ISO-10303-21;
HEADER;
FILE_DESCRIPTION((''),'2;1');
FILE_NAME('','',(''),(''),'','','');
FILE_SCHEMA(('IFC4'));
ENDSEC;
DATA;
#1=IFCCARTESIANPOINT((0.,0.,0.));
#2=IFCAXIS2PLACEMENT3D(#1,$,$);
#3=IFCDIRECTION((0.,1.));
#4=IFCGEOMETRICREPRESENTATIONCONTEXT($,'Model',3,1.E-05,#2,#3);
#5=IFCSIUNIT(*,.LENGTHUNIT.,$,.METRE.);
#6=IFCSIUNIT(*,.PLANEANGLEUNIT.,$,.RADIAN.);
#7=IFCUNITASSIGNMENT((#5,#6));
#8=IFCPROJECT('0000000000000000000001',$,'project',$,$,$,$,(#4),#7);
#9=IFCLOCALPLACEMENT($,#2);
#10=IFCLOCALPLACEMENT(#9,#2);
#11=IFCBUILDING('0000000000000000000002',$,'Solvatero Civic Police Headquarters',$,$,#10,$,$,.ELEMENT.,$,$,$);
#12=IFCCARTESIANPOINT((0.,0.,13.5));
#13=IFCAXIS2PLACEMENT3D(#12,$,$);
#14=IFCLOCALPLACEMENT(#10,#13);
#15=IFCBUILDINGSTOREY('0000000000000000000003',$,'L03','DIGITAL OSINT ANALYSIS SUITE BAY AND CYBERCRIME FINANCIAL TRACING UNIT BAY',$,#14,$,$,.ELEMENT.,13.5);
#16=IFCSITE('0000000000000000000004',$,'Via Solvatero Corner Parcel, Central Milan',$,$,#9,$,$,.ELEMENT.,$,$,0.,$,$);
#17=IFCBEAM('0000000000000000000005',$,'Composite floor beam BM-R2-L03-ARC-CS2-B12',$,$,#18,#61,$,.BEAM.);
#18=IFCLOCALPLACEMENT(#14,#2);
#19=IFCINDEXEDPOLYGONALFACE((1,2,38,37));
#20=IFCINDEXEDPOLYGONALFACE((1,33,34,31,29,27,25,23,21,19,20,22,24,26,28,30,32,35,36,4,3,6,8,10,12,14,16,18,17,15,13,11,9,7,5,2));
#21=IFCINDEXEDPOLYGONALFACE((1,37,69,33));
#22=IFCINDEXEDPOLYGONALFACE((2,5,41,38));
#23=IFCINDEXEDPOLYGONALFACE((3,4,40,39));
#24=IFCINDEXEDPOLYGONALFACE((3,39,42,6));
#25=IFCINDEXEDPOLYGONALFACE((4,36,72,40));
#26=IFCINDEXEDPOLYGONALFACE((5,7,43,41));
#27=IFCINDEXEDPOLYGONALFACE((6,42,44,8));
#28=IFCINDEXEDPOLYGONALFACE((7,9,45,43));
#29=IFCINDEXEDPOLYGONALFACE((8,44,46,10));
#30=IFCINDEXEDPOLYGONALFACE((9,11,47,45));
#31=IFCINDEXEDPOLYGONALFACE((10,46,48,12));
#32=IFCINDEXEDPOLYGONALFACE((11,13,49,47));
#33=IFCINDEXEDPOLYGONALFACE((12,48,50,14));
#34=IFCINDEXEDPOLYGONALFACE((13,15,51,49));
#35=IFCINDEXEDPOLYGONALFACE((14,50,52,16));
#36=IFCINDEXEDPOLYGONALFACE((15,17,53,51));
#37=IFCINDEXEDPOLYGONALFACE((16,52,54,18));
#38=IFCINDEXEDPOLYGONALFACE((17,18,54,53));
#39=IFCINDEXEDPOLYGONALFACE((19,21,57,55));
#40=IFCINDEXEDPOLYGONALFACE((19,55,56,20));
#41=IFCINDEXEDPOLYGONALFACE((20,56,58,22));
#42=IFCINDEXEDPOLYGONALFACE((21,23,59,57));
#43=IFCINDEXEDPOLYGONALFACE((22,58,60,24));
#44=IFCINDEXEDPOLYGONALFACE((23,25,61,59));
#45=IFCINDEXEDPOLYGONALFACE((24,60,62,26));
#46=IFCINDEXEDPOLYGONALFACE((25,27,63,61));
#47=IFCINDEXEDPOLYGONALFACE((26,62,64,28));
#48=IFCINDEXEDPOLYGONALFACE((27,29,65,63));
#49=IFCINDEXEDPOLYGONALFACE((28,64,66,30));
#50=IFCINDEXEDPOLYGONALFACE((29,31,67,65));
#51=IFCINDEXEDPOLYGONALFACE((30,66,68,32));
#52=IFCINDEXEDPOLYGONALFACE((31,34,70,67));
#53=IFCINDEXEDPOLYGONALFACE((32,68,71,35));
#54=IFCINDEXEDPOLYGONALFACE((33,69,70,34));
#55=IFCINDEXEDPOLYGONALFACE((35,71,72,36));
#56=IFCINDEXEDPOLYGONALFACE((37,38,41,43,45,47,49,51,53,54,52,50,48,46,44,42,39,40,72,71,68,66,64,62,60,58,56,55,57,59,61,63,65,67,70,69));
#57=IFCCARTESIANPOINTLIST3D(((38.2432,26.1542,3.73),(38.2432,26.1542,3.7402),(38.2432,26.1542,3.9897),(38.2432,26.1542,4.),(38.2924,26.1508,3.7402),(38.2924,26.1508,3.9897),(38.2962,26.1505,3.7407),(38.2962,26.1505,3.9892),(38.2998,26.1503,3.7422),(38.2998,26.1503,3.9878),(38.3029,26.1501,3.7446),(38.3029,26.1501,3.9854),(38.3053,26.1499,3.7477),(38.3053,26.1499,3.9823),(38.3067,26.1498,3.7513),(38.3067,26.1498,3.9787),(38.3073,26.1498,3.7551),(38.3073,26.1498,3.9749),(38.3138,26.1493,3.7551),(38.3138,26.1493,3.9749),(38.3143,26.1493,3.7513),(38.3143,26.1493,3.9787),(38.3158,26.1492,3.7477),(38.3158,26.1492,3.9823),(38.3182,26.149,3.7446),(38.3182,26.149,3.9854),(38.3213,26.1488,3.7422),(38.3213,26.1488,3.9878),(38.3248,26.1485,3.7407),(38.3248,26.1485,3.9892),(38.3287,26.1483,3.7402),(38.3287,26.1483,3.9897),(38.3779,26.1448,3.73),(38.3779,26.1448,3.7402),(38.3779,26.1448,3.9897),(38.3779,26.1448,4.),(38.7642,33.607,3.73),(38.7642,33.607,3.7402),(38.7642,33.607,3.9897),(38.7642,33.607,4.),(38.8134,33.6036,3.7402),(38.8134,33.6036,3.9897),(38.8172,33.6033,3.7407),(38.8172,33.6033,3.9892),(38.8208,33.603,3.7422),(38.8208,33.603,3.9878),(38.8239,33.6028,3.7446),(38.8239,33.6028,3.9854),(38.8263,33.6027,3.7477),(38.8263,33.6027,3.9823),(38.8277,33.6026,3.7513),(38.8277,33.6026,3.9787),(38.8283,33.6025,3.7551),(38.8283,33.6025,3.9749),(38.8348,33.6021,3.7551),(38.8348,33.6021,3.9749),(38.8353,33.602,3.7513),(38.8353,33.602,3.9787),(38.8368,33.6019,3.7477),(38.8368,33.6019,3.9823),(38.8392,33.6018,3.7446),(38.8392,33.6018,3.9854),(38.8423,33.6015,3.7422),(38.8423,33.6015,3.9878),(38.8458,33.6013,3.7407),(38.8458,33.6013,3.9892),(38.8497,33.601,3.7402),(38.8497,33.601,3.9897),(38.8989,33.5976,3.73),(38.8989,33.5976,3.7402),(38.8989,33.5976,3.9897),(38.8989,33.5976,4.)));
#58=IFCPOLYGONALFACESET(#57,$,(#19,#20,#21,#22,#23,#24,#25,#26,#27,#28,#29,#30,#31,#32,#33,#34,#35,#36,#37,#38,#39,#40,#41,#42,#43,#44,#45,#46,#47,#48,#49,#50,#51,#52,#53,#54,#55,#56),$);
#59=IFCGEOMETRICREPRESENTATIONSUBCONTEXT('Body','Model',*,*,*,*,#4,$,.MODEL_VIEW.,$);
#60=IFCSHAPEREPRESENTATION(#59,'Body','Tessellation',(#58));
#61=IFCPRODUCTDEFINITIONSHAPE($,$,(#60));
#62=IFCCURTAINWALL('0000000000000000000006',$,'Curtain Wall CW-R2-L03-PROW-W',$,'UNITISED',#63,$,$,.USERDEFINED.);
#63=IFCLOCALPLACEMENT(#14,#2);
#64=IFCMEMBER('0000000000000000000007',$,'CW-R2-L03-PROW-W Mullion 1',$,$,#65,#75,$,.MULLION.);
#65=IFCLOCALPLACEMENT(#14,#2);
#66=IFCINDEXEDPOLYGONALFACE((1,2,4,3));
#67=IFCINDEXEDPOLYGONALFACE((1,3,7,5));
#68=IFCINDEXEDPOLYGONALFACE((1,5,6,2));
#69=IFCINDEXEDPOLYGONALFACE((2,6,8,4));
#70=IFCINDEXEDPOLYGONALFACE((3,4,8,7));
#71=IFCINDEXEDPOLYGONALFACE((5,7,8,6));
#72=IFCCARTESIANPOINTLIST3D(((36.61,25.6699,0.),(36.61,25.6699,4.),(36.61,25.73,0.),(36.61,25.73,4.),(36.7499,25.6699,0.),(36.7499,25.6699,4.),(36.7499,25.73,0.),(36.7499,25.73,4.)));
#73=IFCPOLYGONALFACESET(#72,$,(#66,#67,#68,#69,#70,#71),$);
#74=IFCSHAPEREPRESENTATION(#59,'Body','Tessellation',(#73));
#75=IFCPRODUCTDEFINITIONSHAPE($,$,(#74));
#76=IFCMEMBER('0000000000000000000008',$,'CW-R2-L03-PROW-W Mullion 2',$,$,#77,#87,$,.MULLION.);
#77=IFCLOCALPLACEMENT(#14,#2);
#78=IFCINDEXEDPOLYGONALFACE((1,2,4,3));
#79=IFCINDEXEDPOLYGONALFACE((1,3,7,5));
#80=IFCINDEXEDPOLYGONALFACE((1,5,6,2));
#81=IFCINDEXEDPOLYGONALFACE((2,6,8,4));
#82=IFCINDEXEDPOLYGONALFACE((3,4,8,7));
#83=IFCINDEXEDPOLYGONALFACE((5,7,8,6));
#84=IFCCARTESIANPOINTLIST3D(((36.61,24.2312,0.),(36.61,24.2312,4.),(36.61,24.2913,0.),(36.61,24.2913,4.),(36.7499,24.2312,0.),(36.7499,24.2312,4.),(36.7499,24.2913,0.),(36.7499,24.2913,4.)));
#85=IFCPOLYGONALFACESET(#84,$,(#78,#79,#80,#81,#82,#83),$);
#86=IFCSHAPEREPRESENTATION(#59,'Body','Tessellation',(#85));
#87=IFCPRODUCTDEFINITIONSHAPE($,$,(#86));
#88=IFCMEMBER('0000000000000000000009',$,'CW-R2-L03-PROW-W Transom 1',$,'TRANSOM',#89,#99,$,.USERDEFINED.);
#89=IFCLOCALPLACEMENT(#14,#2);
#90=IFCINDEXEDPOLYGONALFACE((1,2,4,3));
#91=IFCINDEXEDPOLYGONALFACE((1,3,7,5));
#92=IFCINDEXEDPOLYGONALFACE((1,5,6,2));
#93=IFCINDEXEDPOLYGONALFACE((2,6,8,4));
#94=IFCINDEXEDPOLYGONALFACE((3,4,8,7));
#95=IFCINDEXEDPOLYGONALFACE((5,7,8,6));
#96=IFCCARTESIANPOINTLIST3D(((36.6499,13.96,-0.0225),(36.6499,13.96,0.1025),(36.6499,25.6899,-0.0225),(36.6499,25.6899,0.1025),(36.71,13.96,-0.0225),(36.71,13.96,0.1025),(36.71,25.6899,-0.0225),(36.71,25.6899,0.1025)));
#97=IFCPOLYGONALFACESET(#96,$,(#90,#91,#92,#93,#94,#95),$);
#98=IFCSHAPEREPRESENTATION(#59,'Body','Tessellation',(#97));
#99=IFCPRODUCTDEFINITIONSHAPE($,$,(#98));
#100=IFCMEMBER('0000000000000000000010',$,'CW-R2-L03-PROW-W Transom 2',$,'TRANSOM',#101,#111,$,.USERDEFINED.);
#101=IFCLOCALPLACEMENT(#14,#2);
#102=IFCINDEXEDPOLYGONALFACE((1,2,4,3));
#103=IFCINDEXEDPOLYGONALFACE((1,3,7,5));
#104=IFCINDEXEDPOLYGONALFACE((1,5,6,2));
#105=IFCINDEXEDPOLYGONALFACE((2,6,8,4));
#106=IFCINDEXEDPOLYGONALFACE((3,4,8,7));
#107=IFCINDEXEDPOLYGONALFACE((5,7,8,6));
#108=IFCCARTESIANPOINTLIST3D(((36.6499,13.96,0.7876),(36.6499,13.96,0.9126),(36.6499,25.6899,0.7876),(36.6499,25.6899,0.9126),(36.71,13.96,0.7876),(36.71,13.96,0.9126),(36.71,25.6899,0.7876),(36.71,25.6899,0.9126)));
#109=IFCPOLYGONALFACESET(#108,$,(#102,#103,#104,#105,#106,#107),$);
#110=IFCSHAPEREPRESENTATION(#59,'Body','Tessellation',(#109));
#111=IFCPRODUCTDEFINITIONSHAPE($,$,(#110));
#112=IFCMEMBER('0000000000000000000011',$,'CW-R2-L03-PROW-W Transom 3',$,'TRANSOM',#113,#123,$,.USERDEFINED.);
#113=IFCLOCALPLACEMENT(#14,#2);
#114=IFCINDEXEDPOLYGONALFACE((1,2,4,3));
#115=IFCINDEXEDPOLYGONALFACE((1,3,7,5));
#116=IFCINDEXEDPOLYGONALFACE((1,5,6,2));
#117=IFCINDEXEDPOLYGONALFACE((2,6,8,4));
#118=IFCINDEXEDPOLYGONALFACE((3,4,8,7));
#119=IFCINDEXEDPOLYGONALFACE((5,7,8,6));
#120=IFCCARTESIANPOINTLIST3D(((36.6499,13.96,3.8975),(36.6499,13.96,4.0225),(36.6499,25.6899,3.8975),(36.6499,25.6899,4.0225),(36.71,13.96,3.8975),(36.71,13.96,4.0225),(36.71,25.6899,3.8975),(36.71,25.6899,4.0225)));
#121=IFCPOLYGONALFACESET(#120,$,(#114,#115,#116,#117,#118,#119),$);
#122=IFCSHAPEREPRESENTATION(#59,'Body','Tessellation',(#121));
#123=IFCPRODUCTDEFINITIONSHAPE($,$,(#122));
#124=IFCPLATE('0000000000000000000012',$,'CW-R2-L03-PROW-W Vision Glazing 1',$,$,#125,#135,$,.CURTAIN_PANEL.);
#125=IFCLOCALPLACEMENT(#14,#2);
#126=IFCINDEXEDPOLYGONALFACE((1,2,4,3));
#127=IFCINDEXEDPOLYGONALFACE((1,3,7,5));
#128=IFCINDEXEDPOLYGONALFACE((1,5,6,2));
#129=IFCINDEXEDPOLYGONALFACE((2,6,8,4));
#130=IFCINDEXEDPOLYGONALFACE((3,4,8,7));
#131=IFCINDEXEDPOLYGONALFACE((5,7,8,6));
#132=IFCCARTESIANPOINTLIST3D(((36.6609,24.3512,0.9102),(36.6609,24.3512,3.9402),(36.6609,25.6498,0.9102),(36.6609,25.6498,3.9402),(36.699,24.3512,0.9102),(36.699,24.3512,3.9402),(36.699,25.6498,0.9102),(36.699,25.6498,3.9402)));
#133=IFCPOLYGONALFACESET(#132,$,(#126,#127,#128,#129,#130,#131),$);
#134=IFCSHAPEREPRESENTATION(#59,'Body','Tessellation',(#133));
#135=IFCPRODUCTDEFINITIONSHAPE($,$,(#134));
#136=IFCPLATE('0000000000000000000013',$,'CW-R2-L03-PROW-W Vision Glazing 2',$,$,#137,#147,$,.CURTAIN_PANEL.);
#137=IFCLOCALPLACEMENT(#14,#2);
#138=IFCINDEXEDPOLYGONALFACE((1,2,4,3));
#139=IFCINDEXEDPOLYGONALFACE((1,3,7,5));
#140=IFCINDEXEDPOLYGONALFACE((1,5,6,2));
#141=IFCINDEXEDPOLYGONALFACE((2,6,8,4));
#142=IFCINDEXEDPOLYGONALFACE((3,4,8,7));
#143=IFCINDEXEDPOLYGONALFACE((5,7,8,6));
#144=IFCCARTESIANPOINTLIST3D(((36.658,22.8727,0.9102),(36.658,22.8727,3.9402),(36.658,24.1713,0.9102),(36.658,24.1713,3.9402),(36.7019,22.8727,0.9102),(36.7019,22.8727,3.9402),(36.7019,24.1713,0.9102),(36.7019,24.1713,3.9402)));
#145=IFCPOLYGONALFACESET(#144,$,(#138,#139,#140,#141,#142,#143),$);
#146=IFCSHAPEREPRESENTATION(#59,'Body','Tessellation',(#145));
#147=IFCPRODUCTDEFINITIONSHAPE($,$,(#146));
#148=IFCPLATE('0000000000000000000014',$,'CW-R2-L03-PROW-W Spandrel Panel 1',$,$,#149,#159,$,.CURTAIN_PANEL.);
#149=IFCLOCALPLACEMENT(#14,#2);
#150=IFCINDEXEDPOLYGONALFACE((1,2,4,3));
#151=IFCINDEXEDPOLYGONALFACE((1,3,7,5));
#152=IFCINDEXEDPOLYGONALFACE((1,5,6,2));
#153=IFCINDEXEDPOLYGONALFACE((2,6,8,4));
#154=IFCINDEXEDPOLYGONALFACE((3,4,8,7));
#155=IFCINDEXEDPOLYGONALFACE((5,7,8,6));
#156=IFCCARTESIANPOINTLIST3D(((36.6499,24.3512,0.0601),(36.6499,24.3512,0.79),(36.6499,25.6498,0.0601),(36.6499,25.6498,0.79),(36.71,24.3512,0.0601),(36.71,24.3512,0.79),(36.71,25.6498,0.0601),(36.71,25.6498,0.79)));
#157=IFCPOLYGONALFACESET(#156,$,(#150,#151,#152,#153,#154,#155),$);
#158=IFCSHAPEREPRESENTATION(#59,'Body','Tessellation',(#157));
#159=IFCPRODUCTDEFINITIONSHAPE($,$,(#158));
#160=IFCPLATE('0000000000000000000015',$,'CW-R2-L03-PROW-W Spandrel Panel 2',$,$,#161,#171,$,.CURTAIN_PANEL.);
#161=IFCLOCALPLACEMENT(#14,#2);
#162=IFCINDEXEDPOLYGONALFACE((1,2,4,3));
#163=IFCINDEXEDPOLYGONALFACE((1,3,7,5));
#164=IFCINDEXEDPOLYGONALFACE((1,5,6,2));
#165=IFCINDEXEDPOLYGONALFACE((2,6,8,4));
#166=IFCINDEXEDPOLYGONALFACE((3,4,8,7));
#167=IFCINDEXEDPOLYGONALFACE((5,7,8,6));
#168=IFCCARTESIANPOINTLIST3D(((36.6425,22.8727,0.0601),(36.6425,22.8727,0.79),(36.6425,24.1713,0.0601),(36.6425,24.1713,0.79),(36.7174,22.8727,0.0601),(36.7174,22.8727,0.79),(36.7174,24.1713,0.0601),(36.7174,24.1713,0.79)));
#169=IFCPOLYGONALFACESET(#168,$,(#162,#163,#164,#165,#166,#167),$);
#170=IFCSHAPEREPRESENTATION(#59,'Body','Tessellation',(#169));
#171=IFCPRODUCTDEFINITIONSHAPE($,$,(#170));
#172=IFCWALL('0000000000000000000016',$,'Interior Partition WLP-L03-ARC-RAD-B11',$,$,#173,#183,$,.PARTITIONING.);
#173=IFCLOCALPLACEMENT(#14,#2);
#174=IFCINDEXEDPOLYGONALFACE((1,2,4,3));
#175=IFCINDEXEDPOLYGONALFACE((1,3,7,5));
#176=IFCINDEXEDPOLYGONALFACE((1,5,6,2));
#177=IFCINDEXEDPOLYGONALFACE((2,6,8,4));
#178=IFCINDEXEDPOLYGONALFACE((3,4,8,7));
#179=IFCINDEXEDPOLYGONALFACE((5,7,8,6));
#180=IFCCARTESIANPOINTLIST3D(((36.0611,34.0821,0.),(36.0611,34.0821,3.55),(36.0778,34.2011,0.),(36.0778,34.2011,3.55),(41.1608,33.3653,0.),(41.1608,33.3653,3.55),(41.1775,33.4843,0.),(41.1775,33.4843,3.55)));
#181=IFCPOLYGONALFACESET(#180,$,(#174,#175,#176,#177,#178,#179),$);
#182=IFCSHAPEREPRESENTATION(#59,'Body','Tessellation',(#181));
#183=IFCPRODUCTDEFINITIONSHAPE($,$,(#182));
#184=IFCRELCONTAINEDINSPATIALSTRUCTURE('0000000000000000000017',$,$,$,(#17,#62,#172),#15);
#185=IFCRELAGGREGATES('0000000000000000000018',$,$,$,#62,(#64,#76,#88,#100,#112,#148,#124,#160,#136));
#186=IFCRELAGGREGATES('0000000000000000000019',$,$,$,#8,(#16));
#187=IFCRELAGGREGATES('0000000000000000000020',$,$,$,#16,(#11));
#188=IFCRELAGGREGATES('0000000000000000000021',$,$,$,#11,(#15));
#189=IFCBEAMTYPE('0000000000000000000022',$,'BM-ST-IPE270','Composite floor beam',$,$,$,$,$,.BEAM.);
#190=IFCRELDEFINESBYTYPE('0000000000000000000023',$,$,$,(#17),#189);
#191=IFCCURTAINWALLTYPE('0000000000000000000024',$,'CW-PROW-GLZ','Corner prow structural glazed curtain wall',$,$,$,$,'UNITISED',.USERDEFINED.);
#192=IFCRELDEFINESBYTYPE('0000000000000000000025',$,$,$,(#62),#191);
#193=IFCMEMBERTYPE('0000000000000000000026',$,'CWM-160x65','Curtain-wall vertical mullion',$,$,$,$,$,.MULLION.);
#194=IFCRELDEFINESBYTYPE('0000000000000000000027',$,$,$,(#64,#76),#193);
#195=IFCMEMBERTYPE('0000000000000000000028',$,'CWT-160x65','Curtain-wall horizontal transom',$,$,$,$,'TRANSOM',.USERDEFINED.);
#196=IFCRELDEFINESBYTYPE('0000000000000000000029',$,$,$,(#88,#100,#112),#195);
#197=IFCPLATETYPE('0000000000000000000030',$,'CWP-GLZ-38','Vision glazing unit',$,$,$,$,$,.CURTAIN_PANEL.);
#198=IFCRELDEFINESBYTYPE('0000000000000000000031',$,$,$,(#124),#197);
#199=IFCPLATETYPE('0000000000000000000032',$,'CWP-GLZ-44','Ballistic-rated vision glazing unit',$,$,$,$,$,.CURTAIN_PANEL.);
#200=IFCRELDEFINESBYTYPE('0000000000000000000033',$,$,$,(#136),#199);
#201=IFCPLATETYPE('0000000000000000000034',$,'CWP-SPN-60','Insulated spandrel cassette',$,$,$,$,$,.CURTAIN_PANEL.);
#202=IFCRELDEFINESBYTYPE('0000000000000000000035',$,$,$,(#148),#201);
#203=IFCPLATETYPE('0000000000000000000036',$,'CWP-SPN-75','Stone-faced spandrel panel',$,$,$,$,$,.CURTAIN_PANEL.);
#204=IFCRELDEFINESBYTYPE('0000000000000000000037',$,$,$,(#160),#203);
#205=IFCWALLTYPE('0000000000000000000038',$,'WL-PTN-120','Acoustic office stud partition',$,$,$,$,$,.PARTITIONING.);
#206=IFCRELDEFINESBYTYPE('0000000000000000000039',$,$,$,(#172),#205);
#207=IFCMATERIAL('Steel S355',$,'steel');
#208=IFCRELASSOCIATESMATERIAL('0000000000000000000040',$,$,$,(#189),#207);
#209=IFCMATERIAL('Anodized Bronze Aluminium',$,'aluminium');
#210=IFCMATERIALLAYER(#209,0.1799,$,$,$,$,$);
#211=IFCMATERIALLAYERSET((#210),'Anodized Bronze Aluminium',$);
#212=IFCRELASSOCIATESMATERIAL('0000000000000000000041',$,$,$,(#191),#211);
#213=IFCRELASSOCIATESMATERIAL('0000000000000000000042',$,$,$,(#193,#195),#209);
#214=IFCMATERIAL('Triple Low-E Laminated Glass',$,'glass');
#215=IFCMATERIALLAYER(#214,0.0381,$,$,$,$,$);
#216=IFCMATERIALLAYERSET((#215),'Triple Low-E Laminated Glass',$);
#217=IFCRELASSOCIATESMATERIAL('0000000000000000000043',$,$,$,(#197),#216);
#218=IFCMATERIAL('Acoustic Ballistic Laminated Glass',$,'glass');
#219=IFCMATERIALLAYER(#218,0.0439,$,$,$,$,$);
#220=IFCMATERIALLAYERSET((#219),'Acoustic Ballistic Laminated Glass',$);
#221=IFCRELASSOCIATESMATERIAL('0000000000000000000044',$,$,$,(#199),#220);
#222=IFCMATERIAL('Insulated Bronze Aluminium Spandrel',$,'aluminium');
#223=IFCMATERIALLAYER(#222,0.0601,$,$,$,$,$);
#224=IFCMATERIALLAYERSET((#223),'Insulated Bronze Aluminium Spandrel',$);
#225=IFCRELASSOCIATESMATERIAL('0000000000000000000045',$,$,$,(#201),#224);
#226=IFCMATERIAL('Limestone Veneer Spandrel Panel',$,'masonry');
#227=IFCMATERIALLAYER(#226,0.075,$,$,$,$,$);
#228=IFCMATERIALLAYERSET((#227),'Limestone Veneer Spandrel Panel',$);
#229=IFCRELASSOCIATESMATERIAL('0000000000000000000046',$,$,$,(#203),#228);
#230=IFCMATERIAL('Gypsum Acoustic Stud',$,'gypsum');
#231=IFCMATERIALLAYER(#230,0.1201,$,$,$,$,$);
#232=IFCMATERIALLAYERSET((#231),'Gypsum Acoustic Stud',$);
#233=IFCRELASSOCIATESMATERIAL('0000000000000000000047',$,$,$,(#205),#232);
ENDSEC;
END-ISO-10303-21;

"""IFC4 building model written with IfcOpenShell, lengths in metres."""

from ifc_helpers import new_model, si_unit, direction, frame, frame_2d, origin, origin_2d, place, context, subcontext, project, spatial, rectangle, i_section, extrude, material, layer, layer_set, material_profile, profile_set, type_object, element, aggregate, save


model = new_model("IFC4")

# Units and contexts
model_context = context("Model", 3, precision=1e-05, world=origin(), true_north=direction((0.0, 1.0)))
body_context = subcontext(model_context, "Body", "Model", "MODEL_VIEW")
ifc_project = project(units=[si_unit("LENGTHUNIT", "METRE"), si_unit("PLANEANGLEUNIT", "RADIAN")], contexts=[model_context])

# Site, building, storey
site_placement = place(None, origin())
site = spatial("IfcSite", under=ifc_project, at=site_placement, Name="Via Solvatero Corner Parcel, Central Milan", CompositionType="ELEMENT", RefElevation=0.0)
building_placement = place(site_placement, origin())
building = spatial("IfcBuilding", under=site, at=building_placement, Name="Solvatero Civic Police Headquarters", CompositionType="ELEMENT")
storey_placement = place(building_placement, frame((0.0, 0.0, 13.5)))
storey = spatial("IfcBuildingStorey", under=building, at=storey_placement, Name="L03", Description="DIGITAL OSINT ANALYSIS SUITE BAY AND CYBERCRIME FINANCIAL TRACING UNIT BAY", CompositionType="ELEMENT", Elevation=13.5)

# Shared definitions
ifc_material_1 = material(Name="Steel S355", Category="steel")

# Beam
ifc_material_profile_1 = material_profile(ifc_material_1, i_section(OverallWidth=0.135, OverallDepth=0.27, WebThickness=0.0066, FlangeThickness=0.0103, FilletRadius=0.0149, at=origin_2d()), Name="IPE 270")
ifc_profile_set_1 = profile_set([ifc_material_profile_1], Name="Steel S355")
beam_type_1 = type_object("IfcBeamType", Name="BM-ST-IPE270", Description="Composite floor beam", PredefinedType="BEAM", material=ifc_profile_set_1)
beam_1_placement = place(storey_placement, frame((38.8315, 33.6023, 3.865), z_axis=(-0.069737, -0.997565, 0.0), x_axis=(0.997565, -0.069737, 0.0)))
element("IfcBeam", 1, at=beam_1_placement, inside=storey, type_object=beam_type_1, Name="Composite floor beam BM-R2-L03-ARC-CS2-B12", PredefinedType="BEAM", context=body_context, shape_type="SweptSolid", body=[
    extrude(i_section(OverallWidth=0.135, OverallDepth=0.27, WebThickness=0.0066, FlangeThickness=0.0103, FilletRadius=0.0149, at=origin_2d()), origin(), (0.0, 0.0, 1.0), 7.4709),
])

# Curtain wall, members, plates
ifc_material_2 = material(Name="Anodized Bronze Aluminium", Category="aluminium")
ifc_layer_1 = layer(ifc_material_2, 0.1799)
ifc_layer_set_1 = layer_set([ifc_layer_1], Name="Anodized Bronze Aluminium")
curtain_wall_type = type_object("IfcCurtainWallType", Name="CW-PROW-GLZ", Description="Corner prow structural glazed curtain wall", ElementType="UNITISED", PredefinedType="USERDEFINED", material=ifc_layer_set_1)
curtain_wall_placement = place(storey_placement, origin())
curtain_wall = element("IfcCurtainWall", 2, at=curtain_wall_placement, inside=storey, type_object=curtain_wall_type, Name="Curtain Wall CW-R2-L03-PROW-W", ObjectType="UNITISED", PredefinedType="USERDEFINED")
ifc_material_profile_2 = material_profile(ifc_material_2, rectangle(XDim=0.0601, YDim=0.1399, at=origin_2d()), Name="ALU MULLION 60x140")
ifc_profile_set_2 = profile_set([ifc_material_profile_2], Name="Anodized Bronze Aluminium")
member_type_1 = type_object("IfcMemberType", Name="CWM-160x65", Description="Curtain-wall vertical mullion", PredefinedType="MULLION", material=ifc_profile_set_2)
member_1_placement = place(storey_placement, frame((36.6799, 25.7, 0.0), z_axis=(0.0, 0.0, 1.0), x_axis=(0.0, -1.0, 0.0)))
member_1 = element("IfcMember", 3, at=member_1_placement, type_object=member_type_1, Name="CW-R2-L03-PROW-W Mullion 1", PredefinedType="MULLION", context=body_context, shape_type="SweptSolid", body=[
    extrude(rectangle(XDim=0.0601, YDim=0.1399, at=origin_2d()), origin(), (0.0, 0.0, 1.0), 4.0),
])
member_2_placement = place(storey_placement, frame((36.6799, 24.2612, 0.0), z_axis=(0.0, 0.0, 1.0), x_axis=(0.0, -1.0, 0.0)))
member_2 = element("IfcMember", 4, at=member_2_placement, type_object=member_type_1, Name="CW-R2-L03-PROW-W Mullion 2", PredefinedType="MULLION", context=body_context, shape_type="SweptSolid", body=[
    extrude(rectangle(XDim=0.0601, YDim=0.1399, at=origin_2d()), origin(), (0.0, 0.0, 1.0), 4.0),
])
ifc_material_profile_3 = material_profile(ifc_material_2, rectangle(XDim=0.0601, YDim=0.125, at=origin_2d()), Name="ALU TRANSOM 60x125")
ifc_profile_set_3 = profile_set([ifc_material_profile_3], Name="Anodized Bronze Aluminium")
member_type_2 = type_object("IfcMemberType", Name="CWT-160x65", Description="Curtain-wall horizontal transom", ElementType="TRANSOM", PredefinedType="USERDEFINED", material=ifc_profile_set_3)
member_3_placement = place(storey_placement, frame((36.6799, 25.6899, 0.04), z_axis=(0.0, -1.0, 0.0), x_axis=(1.0, 0.0, 0.0)))
member_3 = element("IfcMember", 5, at=member_3_placement, type_object=member_type_2, Name="CW-R2-L03-PROW-W Transom 1", ObjectType="TRANSOM", PredefinedType="USERDEFINED", context=body_context, shape_type="SweptSolid", body=[
    extrude(rectangle(XDim=0.0601, YDim=0.125, at=origin_2d()), origin(), (0.0, 0.0, 1.0), 11.73),
])
member_4_placement = place(storey_placement, frame((36.6799, 25.6899, 0.8501), z_axis=(0.0, -1.0, 0.0), x_axis=(1.0, 0.0, 0.0)))
member_4 = element("IfcMember", 6, at=member_4_placement, type_object=member_type_2, Name="CW-R2-L03-PROW-W Transom 2", ObjectType="TRANSOM", PredefinedType="USERDEFINED", context=body_context, shape_type="SweptSolid", body=[
    extrude(rectangle(XDim=0.0601, YDim=0.125, at=origin_2d()), origin(), (0.0, 0.0, 1.0), 11.73),
])
member_5_placement = place(storey_placement, frame((36.6799, 25.6899, 3.96), z_axis=(0.0, -1.0, 0.0), x_axis=(1.0, 0.0, 0.0)))
member_5 = element("IfcMember", 7, at=member_5_placement, type_object=member_type_2, Name="CW-R2-L03-PROW-W Transom 3", ObjectType="TRANSOM", PredefinedType="USERDEFINED", context=body_context, shape_type="SweptSolid", body=[
    extrude(rectangle(XDim=0.0601, YDim=0.125, at=origin_2d()), origin(), (0.0, 0.0, 1.0), 11.73),
])
ifc_material_3 = material(Name="Triple Low-E Laminated Glass", Category="glass")
ifc_layer_2 = layer(ifc_material_3, 0.0381)
ifc_layer_set_2 = layer_set([ifc_layer_2], Name="Triple Low-E Laminated Glass")
plate_type_1 = type_object("IfcPlateType", Name="CWP-GLZ-38", Description="Vision glazing unit", PredefinedType="CURTAIN_PANEL", material=ifc_layer_set_2)
plate_1_placement = place(storey_placement, frame((36.6799, 25.0005, 0.9102), z_axis=(0.0, 0.0, 1.0), x_axis=(0.0, -1.0, 0.0)))
plate_1 = element("IfcPlate", 8, at=plate_1_placement, type_object=plate_type_1, Name="CW-R2-L03-PROW-W Vision Glazing 1", PredefinedType="CURTAIN_PANEL", context=body_context, shape_type="SweptSolid", body=[
    extrude(rectangle(XDim=1.2986, YDim=0.0381, at=origin_2d()), origin(), (0.0, 0.0, 1.0), 3.03),
])
ifc_material_4 = material(Name="Acoustic Ballistic Laminated Glass", Category="glass")
ifc_layer_3 = layer(ifc_material_4, 0.0439)
ifc_layer_set_3 = layer_set([ifc_layer_3], Name="Acoustic Ballistic Laminated Glass")
plate_type_2 = type_object("IfcPlateType", Name="CWP-GLZ-44", Description="Ballistic-rated vision glazing unit", PredefinedType="CURTAIN_PANEL", material=ifc_layer_set_3)
plate_2_placement = place(storey_placement, frame((36.6799, 23.522, 0.9102), z_axis=(0.0, 0.0, 1.0), x_axis=(0.0, -1.0, 0.0)))
plate_2 = element("IfcPlate", 9, at=plate_2_placement, type_object=plate_type_2, Name="CW-R2-L03-PROW-W Vision Glazing 2", PredefinedType="CURTAIN_PANEL", context=body_context, shape_type="SweptSolid", body=[
    extrude(rectangle(XDim=1.2986, YDim=0.0439, at=origin_2d()), origin(), (0.0, 0.0, 1.0), 3.03),
])
ifc_material_5 = material(Name="Insulated Bronze Aluminium Spandrel", Category="aluminium")
ifc_layer_4 = layer(ifc_material_5, 0.0601)
ifc_layer_set_4 = layer_set([ifc_layer_4], Name="Insulated Bronze Aluminium Spandrel")
plate_type_3 = type_object("IfcPlateType", Name="CWP-SPN-60", Description="Insulated spandrel cassette", PredefinedType="CURTAIN_PANEL", material=ifc_layer_set_4)
plate_3_placement = place(storey_placement, frame((36.6799, 25.0005, 0.0601), z_axis=(0.0, 0.0, 1.0), x_axis=(0.0, -1.0, 0.0)))
plate_3 = element("IfcPlate", 10, at=plate_3_placement, type_object=plate_type_3, Name="CW-R2-L03-PROW-W Spandrel Panel 1", PredefinedType="CURTAIN_PANEL", context=body_context, shape_type="SweptSolid", body=[
    extrude(rectangle(XDim=1.2986, YDim=0.0601, at=origin_2d()), origin(), (0.0, 0.0, 1.0), 0.73),
])
ifc_material_6 = material(Name="Limestone Veneer Spandrel Panel", Category="masonry")
ifc_layer_5 = layer(ifc_material_6, 0.075)
ifc_layer_set_5 = layer_set([ifc_layer_5], Name="Limestone Veneer Spandrel Panel")
plate_type_4 = type_object("IfcPlateType", Name="CWP-SPN-75", Description="Stone-faced spandrel panel", PredefinedType="CURTAIN_PANEL", material=ifc_layer_set_5)
plate_4_placement = place(storey_placement, frame((36.6799, 23.522, 0.0601), z_axis=(0.0, 0.0, 1.0), x_axis=(0.0, -1.0, 0.0)))
plate_4 = element("IfcPlate", 11, at=plate_4_placement, type_object=plate_type_4, Name="CW-R2-L03-PROW-W Spandrel Panel 2", PredefinedType="CURTAIN_PANEL", context=body_context, shape_type="SweptSolid", body=[
    extrude(rectangle(XDim=1.2986, YDim=0.075, at=origin_2d()), origin(), (0.0, 0.0, 1.0), 0.73),
])
aggregate(curtain_wall, [member_1, member_2, member_3, member_4, member_5, plate_3, plate_1, plate_4, plate_2])

# Wall
ifc_material_7 = material(Name="Gypsum Acoustic Stud", Category="gypsum")
ifc_layer_6 = layer(ifc_material_7, 0.1201)
ifc_layer_set_6 = layer_set([ifc_layer_6], Name="Gypsum Acoustic Stud")
wall_type_1 = type_object("IfcWallType", Name="WL-PTN-120", Description="Acoustic office stud partition", PredefinedType="PARTITIONING", material=ifc_layer_set_6)
wall_1_placement = place(storey_placement, frame((41.1692, 33.4248, 0.0), z_axis=(0.0, 0.0, 1.0), x_axis=(-0.990266, 0.139184, 0.0)))
element("IfcWall", 12, at=wall_1_placement, inside=storey, type_object=wall_type_1, Name="Interior Partition WLP-L03-ARC-RAD-B11", PredefinedType="PARTITIONING", context=body_context, shape_type="SweptSolid", body=[
    extrude(rectangle(XDim=5.1499, YDim=0.1201, at=frame_2d((2.575, 0.0))), origin(), (0.0, 0.0, 1.0), 3.55),
])

save(model, "model.ifc")
